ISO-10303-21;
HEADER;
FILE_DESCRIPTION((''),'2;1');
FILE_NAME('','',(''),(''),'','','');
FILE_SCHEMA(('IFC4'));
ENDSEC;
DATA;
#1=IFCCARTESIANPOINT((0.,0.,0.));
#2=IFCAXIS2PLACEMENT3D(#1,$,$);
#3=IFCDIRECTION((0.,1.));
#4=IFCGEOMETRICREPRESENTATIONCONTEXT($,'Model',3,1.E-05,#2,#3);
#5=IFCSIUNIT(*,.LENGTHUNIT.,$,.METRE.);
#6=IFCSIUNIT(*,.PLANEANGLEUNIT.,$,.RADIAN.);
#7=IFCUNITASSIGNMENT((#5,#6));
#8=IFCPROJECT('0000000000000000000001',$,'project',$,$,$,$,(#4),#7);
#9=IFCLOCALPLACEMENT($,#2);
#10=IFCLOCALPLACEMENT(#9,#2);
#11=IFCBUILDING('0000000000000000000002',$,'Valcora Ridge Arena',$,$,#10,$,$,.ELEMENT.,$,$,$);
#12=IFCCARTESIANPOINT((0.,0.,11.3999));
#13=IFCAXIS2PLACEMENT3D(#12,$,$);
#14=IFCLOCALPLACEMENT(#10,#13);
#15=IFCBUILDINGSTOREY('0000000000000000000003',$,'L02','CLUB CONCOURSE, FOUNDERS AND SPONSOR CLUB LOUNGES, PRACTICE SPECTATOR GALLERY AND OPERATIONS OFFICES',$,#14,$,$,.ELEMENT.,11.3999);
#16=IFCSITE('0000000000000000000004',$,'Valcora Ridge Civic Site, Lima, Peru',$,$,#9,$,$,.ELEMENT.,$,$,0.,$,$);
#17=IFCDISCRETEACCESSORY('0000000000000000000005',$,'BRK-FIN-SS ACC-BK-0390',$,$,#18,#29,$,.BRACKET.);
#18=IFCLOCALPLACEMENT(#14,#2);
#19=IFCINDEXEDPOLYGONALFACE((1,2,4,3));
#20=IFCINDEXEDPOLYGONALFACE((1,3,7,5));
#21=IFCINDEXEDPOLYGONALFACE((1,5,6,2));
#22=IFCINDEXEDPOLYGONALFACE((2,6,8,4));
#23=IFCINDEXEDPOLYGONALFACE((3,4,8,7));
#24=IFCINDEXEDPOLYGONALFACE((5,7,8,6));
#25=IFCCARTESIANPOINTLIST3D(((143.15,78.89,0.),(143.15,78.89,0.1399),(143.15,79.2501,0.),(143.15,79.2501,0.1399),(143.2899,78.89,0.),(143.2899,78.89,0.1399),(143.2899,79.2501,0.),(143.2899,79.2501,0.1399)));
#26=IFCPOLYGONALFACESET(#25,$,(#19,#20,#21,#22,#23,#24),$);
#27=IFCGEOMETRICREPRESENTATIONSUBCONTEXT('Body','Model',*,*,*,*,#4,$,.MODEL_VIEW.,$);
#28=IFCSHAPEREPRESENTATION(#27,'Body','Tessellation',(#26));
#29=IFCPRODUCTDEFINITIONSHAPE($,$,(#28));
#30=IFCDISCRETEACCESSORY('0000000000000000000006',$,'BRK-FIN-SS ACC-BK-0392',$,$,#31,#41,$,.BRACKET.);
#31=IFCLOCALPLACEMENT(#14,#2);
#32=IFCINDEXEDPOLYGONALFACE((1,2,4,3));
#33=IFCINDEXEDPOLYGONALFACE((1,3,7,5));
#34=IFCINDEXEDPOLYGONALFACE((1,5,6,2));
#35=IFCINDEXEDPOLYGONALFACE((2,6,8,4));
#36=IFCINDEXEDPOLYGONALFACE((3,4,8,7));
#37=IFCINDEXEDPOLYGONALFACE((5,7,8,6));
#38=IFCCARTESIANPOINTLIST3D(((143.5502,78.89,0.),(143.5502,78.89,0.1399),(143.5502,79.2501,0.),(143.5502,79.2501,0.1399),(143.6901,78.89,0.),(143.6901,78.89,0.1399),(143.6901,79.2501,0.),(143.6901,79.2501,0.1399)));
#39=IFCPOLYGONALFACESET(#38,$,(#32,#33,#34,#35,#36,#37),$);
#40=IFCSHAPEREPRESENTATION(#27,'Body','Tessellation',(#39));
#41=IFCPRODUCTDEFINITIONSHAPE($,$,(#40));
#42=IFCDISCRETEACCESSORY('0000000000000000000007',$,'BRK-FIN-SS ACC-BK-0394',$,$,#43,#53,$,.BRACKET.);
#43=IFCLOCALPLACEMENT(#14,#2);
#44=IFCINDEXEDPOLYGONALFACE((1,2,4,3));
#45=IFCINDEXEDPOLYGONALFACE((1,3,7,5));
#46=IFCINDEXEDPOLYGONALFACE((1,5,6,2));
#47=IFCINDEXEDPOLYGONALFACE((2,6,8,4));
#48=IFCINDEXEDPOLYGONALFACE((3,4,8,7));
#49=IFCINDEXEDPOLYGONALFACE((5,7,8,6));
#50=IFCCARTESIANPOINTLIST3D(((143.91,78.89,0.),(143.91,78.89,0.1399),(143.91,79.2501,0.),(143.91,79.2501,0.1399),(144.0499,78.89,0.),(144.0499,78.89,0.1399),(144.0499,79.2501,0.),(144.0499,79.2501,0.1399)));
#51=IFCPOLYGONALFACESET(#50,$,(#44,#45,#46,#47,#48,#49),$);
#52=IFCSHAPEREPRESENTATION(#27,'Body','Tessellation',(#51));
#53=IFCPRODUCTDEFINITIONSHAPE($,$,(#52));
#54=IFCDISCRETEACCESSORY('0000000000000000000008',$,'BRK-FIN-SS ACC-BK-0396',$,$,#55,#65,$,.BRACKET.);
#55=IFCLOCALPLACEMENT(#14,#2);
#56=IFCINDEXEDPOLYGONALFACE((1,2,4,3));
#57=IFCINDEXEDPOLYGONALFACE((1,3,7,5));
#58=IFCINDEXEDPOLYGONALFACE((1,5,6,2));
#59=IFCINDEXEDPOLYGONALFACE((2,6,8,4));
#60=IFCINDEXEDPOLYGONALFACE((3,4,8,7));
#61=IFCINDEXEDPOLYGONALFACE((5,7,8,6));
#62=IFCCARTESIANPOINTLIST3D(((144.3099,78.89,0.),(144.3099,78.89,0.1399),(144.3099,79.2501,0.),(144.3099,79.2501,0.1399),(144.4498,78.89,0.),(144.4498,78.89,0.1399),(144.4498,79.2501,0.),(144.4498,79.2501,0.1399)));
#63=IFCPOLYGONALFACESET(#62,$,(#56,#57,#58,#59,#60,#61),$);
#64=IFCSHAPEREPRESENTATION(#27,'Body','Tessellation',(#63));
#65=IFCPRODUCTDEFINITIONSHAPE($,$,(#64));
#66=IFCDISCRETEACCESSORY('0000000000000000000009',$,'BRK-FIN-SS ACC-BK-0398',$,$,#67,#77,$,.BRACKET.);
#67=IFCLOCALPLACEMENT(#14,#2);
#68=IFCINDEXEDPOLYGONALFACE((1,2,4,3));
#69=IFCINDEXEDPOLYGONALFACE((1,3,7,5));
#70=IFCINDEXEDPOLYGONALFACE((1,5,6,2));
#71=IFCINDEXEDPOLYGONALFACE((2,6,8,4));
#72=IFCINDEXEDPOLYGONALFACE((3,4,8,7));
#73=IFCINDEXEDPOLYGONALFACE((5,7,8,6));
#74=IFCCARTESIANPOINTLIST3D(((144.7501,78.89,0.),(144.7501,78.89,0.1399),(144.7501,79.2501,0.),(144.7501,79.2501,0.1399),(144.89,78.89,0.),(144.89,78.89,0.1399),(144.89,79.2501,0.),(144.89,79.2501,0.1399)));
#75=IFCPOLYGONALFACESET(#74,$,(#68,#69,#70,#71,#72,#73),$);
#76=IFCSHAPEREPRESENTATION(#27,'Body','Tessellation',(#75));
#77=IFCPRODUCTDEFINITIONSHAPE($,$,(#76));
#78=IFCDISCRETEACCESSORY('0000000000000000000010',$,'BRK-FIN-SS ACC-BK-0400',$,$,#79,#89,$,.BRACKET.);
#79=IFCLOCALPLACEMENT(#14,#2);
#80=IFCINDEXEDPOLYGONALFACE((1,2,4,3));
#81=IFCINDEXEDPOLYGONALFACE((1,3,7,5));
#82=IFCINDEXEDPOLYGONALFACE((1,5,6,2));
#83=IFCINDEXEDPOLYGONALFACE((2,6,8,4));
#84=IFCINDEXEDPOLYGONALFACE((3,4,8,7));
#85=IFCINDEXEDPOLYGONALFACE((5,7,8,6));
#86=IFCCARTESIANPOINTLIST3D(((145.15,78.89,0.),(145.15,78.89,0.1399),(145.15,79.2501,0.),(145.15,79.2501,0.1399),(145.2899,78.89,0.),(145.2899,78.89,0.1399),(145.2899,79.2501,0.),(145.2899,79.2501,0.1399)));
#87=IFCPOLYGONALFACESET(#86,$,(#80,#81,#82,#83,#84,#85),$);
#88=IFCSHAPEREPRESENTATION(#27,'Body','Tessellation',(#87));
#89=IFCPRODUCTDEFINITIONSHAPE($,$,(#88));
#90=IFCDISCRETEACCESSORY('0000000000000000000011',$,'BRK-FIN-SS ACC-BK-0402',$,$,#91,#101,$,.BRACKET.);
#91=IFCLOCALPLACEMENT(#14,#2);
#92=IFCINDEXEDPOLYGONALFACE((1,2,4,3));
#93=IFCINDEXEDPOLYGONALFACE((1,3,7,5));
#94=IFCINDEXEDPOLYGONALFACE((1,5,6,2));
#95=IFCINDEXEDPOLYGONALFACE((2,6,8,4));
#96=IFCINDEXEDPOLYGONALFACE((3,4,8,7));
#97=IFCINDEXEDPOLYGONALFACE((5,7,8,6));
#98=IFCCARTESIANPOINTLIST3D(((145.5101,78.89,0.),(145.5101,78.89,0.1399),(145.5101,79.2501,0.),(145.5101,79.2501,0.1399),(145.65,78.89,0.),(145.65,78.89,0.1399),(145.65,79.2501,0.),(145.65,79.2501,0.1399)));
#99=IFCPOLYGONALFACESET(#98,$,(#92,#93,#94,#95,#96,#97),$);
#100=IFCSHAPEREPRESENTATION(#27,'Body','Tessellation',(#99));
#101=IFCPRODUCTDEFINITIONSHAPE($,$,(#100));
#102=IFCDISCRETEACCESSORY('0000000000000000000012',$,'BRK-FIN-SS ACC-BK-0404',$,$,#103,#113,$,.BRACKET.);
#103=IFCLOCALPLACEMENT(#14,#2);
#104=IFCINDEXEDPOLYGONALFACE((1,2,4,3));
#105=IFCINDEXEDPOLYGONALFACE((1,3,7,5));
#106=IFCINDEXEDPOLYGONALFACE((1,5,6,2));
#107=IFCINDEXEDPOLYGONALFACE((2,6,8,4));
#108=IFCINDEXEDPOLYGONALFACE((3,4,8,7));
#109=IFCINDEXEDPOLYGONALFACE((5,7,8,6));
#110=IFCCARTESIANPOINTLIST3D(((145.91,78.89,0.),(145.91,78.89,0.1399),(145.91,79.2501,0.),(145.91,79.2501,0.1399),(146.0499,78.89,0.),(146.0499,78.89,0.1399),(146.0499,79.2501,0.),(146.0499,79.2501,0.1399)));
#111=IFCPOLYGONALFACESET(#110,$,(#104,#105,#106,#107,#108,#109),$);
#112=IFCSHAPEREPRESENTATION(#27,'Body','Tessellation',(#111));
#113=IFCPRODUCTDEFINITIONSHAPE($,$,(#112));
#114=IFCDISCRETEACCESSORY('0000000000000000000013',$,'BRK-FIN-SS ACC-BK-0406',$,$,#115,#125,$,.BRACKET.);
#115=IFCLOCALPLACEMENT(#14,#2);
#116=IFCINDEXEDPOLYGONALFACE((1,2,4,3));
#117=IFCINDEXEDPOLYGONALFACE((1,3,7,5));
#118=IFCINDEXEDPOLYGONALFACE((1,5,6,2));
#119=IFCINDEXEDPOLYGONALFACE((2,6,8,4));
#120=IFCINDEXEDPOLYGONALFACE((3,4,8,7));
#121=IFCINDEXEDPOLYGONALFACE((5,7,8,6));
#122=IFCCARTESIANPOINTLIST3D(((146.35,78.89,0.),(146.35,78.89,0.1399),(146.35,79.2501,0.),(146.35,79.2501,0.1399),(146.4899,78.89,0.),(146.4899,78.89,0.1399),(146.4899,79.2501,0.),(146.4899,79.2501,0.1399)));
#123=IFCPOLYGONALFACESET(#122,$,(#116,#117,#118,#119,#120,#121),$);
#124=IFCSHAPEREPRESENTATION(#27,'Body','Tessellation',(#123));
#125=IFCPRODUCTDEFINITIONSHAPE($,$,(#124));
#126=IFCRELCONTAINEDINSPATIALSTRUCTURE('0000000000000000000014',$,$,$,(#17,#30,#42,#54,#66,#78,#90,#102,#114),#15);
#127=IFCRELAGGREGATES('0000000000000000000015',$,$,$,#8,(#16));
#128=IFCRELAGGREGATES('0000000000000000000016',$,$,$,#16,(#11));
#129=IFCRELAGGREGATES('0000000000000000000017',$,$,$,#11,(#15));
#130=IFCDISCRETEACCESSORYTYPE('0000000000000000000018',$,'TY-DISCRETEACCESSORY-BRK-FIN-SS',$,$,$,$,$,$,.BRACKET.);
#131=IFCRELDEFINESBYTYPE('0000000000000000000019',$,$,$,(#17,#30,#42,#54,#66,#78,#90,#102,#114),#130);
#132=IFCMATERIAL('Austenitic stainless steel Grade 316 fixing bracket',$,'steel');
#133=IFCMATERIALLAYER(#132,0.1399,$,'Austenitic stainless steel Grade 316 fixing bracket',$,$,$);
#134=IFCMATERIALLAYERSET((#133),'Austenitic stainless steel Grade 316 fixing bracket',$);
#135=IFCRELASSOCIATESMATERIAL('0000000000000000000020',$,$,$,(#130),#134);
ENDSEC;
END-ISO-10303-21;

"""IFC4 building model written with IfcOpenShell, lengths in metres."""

from ifc_helpers import new_model, si_unit, direction, frame, origin, origin_2d, place, context, subcontext, project, spatial, rectangle, extrude, material, layer, layer_set, type_object, element, save


model = new_model("IFC4")

# Units and contexts
model_context = context("Model", 3, precision=1e-05, world=origin(), true_north=direction((0.0, 1.0)))
body_context = subcontext(model_context, "Body", "Model", "MODEL_VIEW")
ifc_project = project(units=[si_unit("LENGTHUNIT", "METRE"), si_unit("PLANEANGLEUNIT", "RADIAN")], contexts=[model_context])

# Site, building, storey
site_placement = place(None, origin())
site = spatial("IfcSite", under=ifc_project, at=site_placement, Name="Valcora Ridge Civic Site, Lima, Peru", CompositionType="ELEMENT", RefElevation=0.0)
building_placement = place(site_placement, origin())
building = spatial("IfcBuilding", under=site, at=building_placement, Name="Valcora Ridge Arena", CompositionType="ELEMENT")
storey_placement = place(building_placement, frame((0.0, 0.0, 11.3999)))
storey = spatial("IfcBuildingStorey", under=building, at=storey_placement, Name="L02", Description="CLUB CONCOURSE, FOUNDERS AND SPONSOR CLUB LOUNGES, PRACTICE SPECTATOR GALLERY AND OPERATIONS OFFICES", CompositionType="ELEMENT", Elevation=11.3999)

# Discrete accessories
ifc_material_1 = material(Name="Austenitic stainless steel Grade 316 fixing bracket", Category="steel")
ifc_layer_1 = layer(ifc_material_1, 0.1399, Name="Austenitic stainless steel Grade 316 fixing bracket")
ifc_layer_set_1 = layer_set([ifc_layer_1], Name="Austenitic stainless steel Grade 316 fixing bracket")
discrete_accessory_type = type_object("IfcDiscreteAccessoryType", Name="TY-DISCRETEACCESSORY-BRK-FIN-SS", PredefinedType="BRACKET", material=ifc_layer_set_1)
for number, where, z_axis, x_axis, name in (
    (1, (143.22, 79.0701, 0.0), (0.0, 0.0, 1.0), (0.0, 1.0, 0.0), "BRK-FIN-SS ACC-BK-0390"),
    (2, (143.6201, 79.0701, 0.0), (0.0, 0.0, 1.0), (0.0, 1.0, 0.0), "BRK-FIN-SS ACC-BK-0392"),
    (3, (143.98, 79.0701, 0.0), (0.0, 0.0, 1.0), (0.0, 1.0, 0.0), "BRK-FIN-SS ACC-BK-0394"),
    (4, (144.3799, 79.0701, 0.0), (0.0, 0.0, 1.0), (0.0, 1.0, 0.0), "BRK-FIN-SS ACC-BK-0396"),
    (5, (144.8201, 79.0701, 0.0), (0.0, 0.0, 1.0), (0.0, 1.0, 0.0), "BRK-FIN-SS ACC-BK-0398"),
    (6, (145.22, 79.0701, 0.0), (0.0, 0.0, 1.0), (0.0, 1.0, 0.0), "BRK-FIN-SS ACC-BK-0400"),
    (7, (145.5801, 79.0701, 0.0), (0.0, 0.0, 1.0), (0.0, 1.0, 0.0), "BRK-FIN-SS ACC-BK-0402"),
    (8, (145.98, 79.0701, 0.0), (0.0, 0.0, 1.0), (0.0, 1.0, 0.0), "BRK-FIN-SS ACC-BK-0404"),
    (9, (146.4199, 79.0701, 0.0), (0.0, 0.0, 1.0), (0.0, 1.0, 0.0), "BRK-FIN-SS ACC-BK-0406"),
):
    element("IfcDiscreteAccessory", number, at=place(storey_placement, frame(where, z_axis=z_axis, x_axis=x_axis)), inside=storey, type_object=discrete_accessory_type, Name=name, PredefinedType="BRACKET", context=body_context, shape_type="SweptSolid", body=[
        extrude(rectangle(XDim=0.3601, YDim=0.1399, at=origin_2d()), origin(), (0.0, 0.0, 1.0), 0.1399),
    ])

save(model, "model.ifc")
